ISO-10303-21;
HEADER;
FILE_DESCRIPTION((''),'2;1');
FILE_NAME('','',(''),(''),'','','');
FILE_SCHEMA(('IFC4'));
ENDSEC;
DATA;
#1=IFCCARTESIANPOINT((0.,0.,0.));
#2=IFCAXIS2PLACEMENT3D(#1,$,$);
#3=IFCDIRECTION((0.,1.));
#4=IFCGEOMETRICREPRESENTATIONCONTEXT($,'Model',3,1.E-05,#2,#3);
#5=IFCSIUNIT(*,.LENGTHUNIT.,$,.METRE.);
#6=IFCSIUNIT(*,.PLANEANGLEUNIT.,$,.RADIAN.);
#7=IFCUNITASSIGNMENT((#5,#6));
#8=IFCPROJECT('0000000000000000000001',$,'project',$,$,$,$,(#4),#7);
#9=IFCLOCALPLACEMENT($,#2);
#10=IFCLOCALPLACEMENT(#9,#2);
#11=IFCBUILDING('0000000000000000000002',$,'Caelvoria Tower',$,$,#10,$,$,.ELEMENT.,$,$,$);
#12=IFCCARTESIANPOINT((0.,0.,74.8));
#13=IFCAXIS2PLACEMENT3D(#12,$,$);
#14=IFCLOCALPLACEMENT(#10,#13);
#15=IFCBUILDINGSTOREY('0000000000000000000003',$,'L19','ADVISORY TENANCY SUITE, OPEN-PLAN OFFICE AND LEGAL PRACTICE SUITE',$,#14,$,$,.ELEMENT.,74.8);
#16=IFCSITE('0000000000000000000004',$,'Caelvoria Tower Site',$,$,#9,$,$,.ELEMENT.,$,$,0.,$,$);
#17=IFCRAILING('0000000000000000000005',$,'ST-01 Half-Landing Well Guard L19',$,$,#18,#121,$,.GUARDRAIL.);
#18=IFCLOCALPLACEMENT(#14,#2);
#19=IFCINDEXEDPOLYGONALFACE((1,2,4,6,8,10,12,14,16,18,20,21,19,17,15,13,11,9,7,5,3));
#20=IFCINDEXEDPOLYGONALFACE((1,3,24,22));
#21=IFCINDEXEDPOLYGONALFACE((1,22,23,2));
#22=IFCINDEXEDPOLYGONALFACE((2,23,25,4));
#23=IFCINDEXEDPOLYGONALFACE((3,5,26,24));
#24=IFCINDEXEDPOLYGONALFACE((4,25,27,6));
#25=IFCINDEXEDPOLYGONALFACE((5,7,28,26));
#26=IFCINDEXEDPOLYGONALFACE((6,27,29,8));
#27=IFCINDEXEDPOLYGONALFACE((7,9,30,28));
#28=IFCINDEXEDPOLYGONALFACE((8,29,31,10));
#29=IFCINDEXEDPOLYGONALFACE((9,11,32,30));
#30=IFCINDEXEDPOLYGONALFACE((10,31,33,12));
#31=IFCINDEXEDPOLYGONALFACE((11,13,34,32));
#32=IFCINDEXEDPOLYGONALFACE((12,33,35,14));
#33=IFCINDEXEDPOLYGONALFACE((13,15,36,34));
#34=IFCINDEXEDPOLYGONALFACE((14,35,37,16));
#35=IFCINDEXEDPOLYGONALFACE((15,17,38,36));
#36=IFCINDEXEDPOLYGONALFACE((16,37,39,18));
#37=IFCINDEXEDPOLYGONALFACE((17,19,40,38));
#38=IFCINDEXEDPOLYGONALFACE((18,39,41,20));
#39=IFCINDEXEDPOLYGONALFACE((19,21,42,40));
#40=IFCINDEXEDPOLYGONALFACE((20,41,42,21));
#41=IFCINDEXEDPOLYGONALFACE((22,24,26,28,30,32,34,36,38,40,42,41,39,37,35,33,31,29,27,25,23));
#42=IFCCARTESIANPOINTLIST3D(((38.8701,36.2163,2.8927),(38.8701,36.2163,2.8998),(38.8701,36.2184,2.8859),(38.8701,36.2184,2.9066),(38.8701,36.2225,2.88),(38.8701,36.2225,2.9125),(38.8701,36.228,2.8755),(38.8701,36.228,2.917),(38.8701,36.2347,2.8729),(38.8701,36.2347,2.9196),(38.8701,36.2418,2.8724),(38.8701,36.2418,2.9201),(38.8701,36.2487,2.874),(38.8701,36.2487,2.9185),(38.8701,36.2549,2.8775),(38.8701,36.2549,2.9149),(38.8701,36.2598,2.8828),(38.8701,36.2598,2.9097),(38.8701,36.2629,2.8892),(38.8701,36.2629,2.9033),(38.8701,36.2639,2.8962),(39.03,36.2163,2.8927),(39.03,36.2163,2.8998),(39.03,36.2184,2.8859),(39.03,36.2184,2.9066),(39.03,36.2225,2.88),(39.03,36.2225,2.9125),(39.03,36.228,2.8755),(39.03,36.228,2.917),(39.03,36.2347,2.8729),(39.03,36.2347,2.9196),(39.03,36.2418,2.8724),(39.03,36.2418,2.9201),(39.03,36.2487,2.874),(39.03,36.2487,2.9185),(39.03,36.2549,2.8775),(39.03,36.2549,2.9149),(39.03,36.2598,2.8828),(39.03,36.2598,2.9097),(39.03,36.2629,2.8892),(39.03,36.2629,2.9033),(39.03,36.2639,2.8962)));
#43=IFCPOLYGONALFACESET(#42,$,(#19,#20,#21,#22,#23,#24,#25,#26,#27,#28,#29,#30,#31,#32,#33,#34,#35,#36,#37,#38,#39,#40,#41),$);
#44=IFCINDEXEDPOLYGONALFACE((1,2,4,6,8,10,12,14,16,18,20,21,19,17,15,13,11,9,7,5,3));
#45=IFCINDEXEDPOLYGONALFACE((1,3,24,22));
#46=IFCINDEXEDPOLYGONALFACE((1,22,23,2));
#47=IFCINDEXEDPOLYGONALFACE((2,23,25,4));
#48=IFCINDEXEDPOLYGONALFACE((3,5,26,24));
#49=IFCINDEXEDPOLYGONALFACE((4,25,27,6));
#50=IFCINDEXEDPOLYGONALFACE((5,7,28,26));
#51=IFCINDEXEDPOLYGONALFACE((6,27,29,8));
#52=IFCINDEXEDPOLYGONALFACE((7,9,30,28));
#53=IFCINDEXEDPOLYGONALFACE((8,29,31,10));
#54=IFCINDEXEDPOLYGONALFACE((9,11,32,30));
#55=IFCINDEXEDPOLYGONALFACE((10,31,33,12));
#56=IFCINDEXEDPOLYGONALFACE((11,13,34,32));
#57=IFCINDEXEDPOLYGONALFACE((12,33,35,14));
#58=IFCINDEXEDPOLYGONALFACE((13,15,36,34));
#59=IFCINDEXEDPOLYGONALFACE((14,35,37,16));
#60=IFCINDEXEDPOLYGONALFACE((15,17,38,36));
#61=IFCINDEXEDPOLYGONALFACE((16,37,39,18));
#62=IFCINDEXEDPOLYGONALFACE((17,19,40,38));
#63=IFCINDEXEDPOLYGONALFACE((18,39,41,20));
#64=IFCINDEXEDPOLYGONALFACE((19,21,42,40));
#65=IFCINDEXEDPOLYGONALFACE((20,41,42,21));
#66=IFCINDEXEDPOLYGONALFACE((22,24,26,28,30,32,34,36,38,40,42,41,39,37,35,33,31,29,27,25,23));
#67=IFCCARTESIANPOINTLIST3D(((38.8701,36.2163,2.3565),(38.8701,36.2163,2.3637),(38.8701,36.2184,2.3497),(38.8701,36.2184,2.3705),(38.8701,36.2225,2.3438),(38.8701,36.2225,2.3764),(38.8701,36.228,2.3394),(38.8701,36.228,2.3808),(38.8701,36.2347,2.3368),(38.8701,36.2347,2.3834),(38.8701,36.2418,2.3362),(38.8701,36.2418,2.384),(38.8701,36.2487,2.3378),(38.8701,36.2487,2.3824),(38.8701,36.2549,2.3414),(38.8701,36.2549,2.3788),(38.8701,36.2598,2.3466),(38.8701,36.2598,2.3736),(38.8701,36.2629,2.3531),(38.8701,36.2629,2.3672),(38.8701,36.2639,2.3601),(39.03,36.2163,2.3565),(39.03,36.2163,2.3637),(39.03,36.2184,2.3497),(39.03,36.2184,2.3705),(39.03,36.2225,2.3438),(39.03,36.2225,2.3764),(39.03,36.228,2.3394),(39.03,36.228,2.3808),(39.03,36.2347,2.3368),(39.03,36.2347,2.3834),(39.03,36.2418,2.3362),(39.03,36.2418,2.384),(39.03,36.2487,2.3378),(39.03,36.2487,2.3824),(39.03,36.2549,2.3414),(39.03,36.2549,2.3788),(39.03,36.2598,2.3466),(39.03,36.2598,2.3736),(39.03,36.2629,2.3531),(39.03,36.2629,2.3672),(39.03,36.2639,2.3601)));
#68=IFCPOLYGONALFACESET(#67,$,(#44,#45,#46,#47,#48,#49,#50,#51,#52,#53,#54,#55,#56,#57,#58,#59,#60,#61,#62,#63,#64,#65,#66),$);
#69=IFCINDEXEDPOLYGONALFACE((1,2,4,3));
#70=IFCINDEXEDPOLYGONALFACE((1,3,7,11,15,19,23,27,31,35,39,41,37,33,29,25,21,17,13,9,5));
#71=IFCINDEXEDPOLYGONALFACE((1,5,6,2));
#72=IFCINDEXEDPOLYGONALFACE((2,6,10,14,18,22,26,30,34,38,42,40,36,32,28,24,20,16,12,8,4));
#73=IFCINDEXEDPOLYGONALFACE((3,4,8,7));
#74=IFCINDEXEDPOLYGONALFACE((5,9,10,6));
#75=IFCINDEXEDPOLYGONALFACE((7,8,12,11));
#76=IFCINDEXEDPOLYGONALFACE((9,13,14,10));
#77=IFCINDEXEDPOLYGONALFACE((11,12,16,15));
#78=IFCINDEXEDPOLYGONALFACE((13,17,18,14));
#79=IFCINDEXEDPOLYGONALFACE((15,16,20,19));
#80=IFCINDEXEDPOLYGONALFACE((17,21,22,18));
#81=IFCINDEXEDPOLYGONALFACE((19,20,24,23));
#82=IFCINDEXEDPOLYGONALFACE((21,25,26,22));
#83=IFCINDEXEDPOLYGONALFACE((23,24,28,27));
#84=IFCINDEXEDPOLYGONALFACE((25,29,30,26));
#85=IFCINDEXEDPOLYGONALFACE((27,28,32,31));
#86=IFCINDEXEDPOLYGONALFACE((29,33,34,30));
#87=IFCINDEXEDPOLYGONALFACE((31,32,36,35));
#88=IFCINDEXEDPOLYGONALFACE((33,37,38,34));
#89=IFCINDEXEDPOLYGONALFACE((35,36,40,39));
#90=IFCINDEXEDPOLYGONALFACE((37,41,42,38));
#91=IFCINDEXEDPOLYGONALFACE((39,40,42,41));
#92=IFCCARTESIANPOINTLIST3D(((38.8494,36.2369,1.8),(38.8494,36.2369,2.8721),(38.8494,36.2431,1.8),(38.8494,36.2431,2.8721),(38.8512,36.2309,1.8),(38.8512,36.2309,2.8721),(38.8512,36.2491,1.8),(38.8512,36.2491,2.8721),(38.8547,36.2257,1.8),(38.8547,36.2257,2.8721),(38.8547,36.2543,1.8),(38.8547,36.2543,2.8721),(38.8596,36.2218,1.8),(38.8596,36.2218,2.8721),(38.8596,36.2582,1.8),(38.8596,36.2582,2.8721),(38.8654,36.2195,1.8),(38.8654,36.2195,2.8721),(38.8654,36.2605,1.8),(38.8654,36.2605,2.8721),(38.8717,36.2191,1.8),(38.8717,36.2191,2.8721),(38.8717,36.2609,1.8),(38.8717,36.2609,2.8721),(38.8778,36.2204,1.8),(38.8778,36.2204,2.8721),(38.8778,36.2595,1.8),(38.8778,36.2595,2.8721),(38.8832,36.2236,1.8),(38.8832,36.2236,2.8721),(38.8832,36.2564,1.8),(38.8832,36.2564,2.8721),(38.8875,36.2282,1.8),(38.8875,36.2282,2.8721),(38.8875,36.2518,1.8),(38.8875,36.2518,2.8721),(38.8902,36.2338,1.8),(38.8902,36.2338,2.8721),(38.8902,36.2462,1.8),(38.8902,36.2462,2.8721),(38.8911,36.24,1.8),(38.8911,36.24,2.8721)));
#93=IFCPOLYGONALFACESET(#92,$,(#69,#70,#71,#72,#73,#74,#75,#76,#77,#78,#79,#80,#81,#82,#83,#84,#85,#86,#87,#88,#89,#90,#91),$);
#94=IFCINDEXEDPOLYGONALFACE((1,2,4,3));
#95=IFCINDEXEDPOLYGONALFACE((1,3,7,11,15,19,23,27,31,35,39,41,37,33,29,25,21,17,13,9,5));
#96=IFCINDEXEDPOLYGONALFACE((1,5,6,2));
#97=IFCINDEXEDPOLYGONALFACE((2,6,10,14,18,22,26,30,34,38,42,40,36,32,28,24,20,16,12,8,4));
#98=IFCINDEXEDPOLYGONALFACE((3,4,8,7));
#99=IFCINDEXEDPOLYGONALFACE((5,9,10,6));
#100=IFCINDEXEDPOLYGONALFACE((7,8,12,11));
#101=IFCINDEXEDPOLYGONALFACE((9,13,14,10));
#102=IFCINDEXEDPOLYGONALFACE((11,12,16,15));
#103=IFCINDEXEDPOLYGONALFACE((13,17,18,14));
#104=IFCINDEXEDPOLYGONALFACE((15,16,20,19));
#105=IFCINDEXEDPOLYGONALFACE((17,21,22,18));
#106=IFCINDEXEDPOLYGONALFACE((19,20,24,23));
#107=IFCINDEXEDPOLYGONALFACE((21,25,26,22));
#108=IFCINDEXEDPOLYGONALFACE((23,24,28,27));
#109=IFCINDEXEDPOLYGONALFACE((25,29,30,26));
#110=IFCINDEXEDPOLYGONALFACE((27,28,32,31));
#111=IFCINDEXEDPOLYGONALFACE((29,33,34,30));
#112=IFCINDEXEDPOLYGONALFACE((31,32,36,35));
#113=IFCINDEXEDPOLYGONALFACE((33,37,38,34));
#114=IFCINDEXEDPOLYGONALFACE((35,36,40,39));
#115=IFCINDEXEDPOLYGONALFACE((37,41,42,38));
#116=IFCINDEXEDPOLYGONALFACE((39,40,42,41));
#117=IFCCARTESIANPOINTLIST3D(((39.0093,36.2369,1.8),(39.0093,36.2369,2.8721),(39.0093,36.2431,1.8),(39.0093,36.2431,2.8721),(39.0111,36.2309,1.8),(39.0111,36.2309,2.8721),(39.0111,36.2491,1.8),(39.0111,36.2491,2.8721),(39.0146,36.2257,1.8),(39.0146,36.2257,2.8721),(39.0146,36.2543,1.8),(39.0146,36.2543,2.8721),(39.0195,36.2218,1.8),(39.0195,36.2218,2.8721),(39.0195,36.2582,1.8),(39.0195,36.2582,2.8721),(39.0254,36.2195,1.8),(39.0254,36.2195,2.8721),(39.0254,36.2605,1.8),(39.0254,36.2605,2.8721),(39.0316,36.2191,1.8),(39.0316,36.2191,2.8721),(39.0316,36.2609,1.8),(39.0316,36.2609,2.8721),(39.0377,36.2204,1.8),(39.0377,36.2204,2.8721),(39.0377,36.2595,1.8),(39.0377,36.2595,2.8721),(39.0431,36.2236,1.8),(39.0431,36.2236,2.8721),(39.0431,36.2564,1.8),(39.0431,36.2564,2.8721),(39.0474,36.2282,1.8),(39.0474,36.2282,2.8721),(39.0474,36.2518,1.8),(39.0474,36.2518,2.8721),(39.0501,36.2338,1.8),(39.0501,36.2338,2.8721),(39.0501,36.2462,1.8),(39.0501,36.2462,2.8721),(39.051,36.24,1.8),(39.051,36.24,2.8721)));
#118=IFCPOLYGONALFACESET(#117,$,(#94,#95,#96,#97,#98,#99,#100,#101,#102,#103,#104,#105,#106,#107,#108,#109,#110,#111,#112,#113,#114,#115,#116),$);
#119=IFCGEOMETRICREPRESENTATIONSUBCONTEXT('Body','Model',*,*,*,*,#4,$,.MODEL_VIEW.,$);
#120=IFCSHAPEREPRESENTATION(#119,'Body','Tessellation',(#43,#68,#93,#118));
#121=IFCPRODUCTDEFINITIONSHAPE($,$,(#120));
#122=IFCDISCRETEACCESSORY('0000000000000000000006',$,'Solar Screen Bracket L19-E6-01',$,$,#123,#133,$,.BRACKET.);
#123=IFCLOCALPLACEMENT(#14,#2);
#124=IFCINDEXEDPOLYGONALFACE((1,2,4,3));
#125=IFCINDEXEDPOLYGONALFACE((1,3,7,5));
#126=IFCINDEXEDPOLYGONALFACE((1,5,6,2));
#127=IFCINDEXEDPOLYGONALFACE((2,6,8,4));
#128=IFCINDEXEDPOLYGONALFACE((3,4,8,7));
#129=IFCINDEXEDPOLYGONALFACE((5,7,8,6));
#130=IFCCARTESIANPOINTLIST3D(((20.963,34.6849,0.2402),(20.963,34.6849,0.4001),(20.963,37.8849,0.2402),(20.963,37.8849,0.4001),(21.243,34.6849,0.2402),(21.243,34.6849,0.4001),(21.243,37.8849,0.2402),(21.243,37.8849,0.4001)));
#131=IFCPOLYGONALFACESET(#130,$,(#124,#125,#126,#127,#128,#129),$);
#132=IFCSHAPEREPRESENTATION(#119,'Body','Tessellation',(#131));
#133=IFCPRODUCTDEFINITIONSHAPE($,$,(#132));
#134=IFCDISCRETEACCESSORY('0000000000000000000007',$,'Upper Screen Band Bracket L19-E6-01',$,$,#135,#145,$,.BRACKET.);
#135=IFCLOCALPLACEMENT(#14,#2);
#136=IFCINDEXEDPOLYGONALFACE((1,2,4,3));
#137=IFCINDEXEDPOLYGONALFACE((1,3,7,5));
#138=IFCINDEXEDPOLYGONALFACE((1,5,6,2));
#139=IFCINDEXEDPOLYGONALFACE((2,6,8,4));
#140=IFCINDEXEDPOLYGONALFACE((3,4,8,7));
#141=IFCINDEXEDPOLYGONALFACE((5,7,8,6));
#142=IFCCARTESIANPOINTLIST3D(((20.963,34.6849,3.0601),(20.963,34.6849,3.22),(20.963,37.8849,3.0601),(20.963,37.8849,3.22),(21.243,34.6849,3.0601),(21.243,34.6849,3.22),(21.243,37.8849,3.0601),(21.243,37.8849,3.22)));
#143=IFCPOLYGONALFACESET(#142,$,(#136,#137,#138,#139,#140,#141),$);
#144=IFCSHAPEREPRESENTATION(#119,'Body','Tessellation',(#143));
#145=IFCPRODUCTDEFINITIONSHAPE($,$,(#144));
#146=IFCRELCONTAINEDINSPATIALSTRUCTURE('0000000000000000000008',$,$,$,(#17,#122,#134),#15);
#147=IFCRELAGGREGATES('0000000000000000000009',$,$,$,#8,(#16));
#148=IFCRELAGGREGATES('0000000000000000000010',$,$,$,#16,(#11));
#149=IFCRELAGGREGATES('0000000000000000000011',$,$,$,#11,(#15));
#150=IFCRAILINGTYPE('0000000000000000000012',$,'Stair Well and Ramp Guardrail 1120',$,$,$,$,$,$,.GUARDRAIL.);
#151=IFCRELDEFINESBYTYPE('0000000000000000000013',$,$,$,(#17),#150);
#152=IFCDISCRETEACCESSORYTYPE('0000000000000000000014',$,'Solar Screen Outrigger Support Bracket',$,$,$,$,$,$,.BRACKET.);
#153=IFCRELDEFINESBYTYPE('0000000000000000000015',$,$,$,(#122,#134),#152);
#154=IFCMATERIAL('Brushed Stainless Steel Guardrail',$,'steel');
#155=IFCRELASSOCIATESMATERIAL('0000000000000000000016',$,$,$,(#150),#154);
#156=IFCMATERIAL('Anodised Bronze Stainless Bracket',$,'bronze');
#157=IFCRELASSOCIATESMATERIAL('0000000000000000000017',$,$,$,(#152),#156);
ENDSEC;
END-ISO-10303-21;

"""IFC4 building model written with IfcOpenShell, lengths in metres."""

from ifc_helpers import new_model, si_unit, direction, frame, origin, origin_2d, place, context, subcontext, project, spatial, rectangle, circle, extrude, material, type_object, element, save


model = new_model("IFC4")

# Units and contexts
model_context = context("Model", 3, precision=1e-05, world=origin(), true_north=direction((0.0, 1.0)))
body_context = subcontext(model_context, "Body", "Model", "MODEL_VIEW")
ifc_project = project(units=[si_unit("LENGTHUNIT", "METRE"), si_unit("PLANEANGLEUNIT", "RADIAN")], contexts=[model_context])

# Site, building, storey
site_placement = place(None, origin())
site = spatial("IfcSite", under=ifc_project, at=site_placement, Name="Caelvoria Tower Site", CompositionType="ELEMENT", RefElevation=0.0)
building_placement = place(site_placement, origin())
building = spatial("IfcBuilding", under=site, at=building_placement, Name="Caelvoria Tower", CompositionType="ELEMENT")
storey_placement = place(building_placement, frame((0.0, 0.0, 74.8)))
storey = spatial("IfcBuildingStorey", under=building, at=storey_placement, Name="L19", Description="ADVISORY TENANCY SUITE, OPEN-PLAN OFFICE AND LEGAL PRACTICE SUITE", CompositionType="ELEMENT", Elevation=74.8)

# Railing
ifc_material_1 = material(Name="Brushed Stainless Steel Guardrail", Category="steel")
railing_type_1 = type_object("IfcRailingType", Name="Stair Well and Ramp Guardrail 1120", PredefinedType="GUARDRAIL", material=ifc_material_1)
railing_1_placement = place(storey_placement, frame((38.8701, 36.24, 1.8)))
element("IfcRailing", 1, at=railing_1_placement, inside=storey, type_object=railing_type_1, Name="ST-01 Half-Landing Well Guard L19", PredefinedType="GUARDRAIL", context=body_context, shape_type="SweptSolid", body=[
    extrude(circle(Radius=0.0239, at=origin_2d()), frame((0.0, 0.0, 1.0962), z_axis=(1.0, 0.0, 0.0), x_axis=(0.0, 1.0, 0.0)), (0.0, 0.0, 1.0), 0.1599),
    extrude(circle(Radius=0.0239, at=origin_2d()), frame((0.0, 0.0, 0.5601), z_axis=(1.0, 0.0, 0.0), x_axis=(0.0, 1.0, 0.0)), (0.0, 0.0, 1.0), 0.1599),
    extrude(circle(Radius=0.021, at=origin_2d()), origin(), (0.0, 0.0, 1.0), 1.072),
    extrude(circle(Radius=0.021, at=origin_2d()), frame((0.1599, 0.0, 0.0)), (0.0, 0.0, 1.0), 1.072),
])

# Discrete accessories
ifc_material_2 = material(Name="Anodised Bronze Stainless Bracket", Category="bronze")
discrete_accessory_type = type_object("IfcDiscreteAccessoryType", Name="Solar Screen Outrigger Support Bracket", PredefinedType="BRACKET", material=ifc_material_2)
for number, where, z_axis, x_axis, name in (
    (2, (21.103, 36.2849, 0.2402), (0.0, 0.0, 1.0), (0.0, -1.0, 0.0), "Solar Screen Bracket L19-E6-01"),
    (3, (21.103, 36.2849, 3.0601), (0.0, 0.0, 1.0), (0.0, -1.0, 0.0), "Upper Screen Band Bracket L19-E6-01"),
):
    element("IfcDiscreteAccessory", number, at=place(storey_placement, frame(where, z_axis=z_axis, x_axis=x_axis)), inside=storey, type_object=discrete_accessory_type, Name=name, PredefinedType="BRACKET", context=body_context, shape_type="SweptSolid", body=[
        extrude(rectangle(XDim=3.2, YDim=0.28, at=origin_2d()), origin(), (0.0, 0.0, 1.0), 0.1599),
    ])

save(model, "model.ifc")
